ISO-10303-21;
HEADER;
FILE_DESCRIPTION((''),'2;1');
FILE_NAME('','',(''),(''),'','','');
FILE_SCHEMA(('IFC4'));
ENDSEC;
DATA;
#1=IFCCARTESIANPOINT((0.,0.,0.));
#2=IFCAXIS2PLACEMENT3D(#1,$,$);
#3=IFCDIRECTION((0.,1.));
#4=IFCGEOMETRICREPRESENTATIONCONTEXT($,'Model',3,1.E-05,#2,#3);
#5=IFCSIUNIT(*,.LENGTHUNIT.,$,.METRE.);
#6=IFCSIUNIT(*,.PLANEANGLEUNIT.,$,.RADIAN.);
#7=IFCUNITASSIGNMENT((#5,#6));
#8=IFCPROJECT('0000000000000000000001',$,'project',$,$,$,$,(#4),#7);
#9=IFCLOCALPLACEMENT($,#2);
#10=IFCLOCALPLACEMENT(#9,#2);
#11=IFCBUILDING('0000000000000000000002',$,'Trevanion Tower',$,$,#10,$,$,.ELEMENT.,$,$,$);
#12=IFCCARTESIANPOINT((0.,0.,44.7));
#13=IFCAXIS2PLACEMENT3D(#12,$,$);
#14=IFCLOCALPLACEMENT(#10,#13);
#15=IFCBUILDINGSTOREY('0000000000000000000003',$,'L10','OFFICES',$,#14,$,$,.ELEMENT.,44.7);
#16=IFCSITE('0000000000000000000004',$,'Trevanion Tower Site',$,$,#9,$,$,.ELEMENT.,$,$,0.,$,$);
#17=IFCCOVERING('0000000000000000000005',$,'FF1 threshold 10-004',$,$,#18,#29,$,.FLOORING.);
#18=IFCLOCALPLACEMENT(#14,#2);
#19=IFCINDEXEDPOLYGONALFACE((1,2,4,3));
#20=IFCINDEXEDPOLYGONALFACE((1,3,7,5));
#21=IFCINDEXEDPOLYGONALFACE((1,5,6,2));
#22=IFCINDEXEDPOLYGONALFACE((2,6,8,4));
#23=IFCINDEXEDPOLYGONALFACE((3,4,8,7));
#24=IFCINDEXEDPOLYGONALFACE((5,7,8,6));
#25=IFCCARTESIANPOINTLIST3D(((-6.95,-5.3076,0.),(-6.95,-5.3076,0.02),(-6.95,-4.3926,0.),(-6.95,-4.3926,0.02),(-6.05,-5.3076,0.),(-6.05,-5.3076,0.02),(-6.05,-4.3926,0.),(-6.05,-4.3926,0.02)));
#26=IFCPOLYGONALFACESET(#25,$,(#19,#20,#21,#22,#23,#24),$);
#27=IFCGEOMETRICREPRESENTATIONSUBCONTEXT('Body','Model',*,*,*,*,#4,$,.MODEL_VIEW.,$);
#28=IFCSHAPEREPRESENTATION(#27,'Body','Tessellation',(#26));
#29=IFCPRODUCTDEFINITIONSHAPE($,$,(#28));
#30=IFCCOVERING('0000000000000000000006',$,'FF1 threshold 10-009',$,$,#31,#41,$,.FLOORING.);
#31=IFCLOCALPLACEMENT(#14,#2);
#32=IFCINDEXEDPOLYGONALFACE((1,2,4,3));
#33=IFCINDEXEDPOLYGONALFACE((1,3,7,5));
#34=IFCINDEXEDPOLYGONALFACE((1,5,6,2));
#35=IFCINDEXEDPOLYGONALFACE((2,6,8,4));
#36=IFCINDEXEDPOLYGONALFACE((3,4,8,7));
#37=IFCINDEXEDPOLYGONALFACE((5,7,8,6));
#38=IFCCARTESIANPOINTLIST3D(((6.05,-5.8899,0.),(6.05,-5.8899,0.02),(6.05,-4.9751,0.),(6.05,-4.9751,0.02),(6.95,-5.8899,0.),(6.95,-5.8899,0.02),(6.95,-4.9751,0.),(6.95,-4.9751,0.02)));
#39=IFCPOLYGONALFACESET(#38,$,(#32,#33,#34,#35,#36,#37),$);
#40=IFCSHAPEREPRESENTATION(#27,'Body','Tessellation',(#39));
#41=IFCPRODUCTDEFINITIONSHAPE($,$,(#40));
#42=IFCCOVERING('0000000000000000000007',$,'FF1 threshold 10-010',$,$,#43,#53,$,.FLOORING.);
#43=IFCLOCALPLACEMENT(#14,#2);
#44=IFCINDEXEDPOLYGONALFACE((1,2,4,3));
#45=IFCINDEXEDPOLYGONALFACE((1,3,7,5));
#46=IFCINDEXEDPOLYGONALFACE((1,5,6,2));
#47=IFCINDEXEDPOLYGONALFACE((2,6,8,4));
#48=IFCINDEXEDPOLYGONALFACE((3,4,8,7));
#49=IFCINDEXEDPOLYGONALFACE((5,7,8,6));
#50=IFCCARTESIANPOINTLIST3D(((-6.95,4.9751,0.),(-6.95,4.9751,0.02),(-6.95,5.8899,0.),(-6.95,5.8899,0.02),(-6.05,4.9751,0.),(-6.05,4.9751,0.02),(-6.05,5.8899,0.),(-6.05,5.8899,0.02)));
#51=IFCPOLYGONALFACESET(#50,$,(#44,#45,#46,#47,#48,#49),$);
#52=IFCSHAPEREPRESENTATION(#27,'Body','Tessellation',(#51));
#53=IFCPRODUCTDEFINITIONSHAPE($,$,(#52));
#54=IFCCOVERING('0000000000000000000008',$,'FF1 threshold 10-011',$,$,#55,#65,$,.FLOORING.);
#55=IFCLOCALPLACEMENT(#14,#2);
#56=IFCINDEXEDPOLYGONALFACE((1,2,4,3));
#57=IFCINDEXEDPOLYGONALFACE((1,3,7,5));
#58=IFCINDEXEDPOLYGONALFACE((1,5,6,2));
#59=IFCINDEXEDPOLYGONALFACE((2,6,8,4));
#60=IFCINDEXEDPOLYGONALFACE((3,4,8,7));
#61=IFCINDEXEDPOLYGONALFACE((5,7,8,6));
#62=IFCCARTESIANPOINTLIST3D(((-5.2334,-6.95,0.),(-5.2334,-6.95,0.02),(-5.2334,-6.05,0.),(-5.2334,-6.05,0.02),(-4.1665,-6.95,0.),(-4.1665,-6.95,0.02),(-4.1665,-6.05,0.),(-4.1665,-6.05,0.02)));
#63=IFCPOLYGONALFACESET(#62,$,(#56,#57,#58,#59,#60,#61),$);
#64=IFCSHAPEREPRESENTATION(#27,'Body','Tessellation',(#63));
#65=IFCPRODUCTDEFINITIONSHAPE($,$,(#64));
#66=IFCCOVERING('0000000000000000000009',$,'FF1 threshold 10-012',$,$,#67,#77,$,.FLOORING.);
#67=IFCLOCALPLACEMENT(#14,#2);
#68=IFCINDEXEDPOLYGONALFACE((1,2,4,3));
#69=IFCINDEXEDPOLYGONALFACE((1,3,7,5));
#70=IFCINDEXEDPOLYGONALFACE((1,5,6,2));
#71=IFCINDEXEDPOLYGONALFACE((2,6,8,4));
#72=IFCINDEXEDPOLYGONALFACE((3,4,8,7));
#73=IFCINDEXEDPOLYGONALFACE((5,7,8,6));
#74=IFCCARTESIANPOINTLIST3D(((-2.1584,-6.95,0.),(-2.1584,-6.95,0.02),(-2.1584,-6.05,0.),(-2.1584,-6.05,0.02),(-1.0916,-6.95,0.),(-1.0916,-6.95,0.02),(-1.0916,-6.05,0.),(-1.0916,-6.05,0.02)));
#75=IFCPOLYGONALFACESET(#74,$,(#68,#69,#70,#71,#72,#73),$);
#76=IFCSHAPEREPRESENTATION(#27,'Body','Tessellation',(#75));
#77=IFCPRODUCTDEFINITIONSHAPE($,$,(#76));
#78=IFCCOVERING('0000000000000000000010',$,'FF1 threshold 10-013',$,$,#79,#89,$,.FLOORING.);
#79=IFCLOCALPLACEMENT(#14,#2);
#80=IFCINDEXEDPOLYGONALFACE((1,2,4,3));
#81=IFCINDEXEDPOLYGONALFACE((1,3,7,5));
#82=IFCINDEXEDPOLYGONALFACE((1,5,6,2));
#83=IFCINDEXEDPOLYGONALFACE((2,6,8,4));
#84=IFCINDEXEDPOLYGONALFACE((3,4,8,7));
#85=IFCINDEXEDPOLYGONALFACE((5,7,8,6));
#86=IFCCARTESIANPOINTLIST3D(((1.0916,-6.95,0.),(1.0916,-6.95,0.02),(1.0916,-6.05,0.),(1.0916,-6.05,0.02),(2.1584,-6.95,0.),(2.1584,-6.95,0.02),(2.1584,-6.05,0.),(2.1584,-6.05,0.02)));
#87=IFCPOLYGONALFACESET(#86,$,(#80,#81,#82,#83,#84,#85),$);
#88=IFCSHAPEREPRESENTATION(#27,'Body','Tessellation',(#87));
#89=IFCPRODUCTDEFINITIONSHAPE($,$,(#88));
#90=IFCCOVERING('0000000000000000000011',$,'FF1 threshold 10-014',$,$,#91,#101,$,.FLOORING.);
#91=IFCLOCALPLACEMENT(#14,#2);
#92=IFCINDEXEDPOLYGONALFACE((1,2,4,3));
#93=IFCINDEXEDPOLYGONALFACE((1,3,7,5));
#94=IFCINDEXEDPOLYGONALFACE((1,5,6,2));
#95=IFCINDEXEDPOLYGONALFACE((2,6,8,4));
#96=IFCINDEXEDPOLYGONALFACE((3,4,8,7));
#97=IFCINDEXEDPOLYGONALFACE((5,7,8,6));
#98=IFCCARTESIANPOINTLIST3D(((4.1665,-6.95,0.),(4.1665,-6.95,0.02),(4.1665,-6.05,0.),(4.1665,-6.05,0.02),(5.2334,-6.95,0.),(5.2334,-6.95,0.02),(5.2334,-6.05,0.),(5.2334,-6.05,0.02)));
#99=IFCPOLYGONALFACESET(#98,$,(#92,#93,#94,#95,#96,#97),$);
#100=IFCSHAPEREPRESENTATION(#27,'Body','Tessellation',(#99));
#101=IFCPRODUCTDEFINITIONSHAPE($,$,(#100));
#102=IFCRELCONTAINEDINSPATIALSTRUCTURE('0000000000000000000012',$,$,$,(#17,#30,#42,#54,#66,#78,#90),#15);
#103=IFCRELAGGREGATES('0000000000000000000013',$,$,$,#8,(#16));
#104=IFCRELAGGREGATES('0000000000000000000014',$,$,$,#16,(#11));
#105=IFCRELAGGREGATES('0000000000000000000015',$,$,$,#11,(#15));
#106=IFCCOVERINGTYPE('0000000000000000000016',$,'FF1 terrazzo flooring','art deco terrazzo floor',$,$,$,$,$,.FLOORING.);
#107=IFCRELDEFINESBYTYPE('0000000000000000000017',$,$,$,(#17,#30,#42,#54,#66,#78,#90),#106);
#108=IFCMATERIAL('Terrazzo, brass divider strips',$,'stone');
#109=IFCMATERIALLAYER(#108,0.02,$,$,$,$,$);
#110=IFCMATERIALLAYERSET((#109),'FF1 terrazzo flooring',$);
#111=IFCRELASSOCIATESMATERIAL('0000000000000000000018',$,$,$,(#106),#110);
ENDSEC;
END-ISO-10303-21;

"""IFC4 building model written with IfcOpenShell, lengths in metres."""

from ifc_helpers import new_model, si_unit, direction, frame, origin, place, context, subcontext, project, spatial, polyline, outline, extrude, material, layer, layer_set, type_object, element, save


model = new_model("IFC4")

# Units and contexts
model_context = context("Model", 3, precision=1e-05, world=origin(), true_north=direction((0.0, 1.0)))
body_context = subcontext(model_context, "Body", "Model", "MODEL_VIEW")
ifc_project = project(units=[si_unit("LENGTHUNIT", "METRE"), si_unit("PLANEANGLEUNIT", "RADIAN")], contexts=[model_context])

# Site, building, storey
site_placement = place(None, origin())
site = spatial("IfcSite", under=ifc_project, at=site_placement, Name="Trevanion Tower Site", CompositionType="ELEMENT", RefElevation=0.0)
building_placement = place(site_placement, origin())
building = spatial("IfcBuilding", under=site, at=building_placement, Name="Trevanion Tower", CompositionType="ELEMENT")
storey_placement = place(building_placement, frame((0.0, 0.0, 44.7)))
storey = spatial("IfcBuildingStorey", under=building, at=storey_placement, Name="L10", Description="OFFICES", CompositionType="ELEMENT", Elevation=44.7)

# Coverings
ifc_material_1 = material(Name="Terrazzo, brass divider strips", Category="stone")
ifc_layer_1 = layer(ifc_material_1, 0.02)
ifc_layer_set_1 = layer_set([ifc_layer_1], Name="FF1 terrazzo flooring")
covering_type = type_object("IfcCoveringType", Name="FF1 terrazzo flooring", Description="art deco terrazzo floor", PredefinedType="FLOORING", material=ifc_layer_set_1)
covering_1_placement = place(storey_placement, origin())
element("IfcCovering", 1, at=covering_1_placement, inside=storey, type_object=covering_type, Name="FF1 threshold 10-004", PredefinedType="FLOORING", context=body_context, shape_type="SweptSolid", body=[
    extrude(outline(polyline([(-6.95, -4.3926), (-6.95, -5.3076), (-6.05, -5.3076), (-6.05, -4.3926), (-6.95, -4.3926)])), origin(), (0.0, 0.0, 1.0), 0.02),
])
covering_2_placement = place(storey_placement, origin())
element("IfcCovering", 2, at=covering_2_placement, inside=storey, type_object=covering_type, Name="FF1 threshold 10-009", PredefinedType="FLOORING", context=body_context, shape_type="SweptSolid", body=[
    extrude(outline(polyline([(6.95, -5.8899), (6.95, -4.9751), (6.05, -4.9751), (6.05, -5.8899), (6.95, -5.8899)])), origin(), (0.0, 0.0, 1.0), 0.02),
])
covering_3_placement = place(storey_placement, origin())
element("IfcCovering", 3, at=covering_3_placement, inside=storey, type_object=covering_type, Name="FF1 threshold 10-010", PredefinedType="FLOORING", context=body_context, shape_type="SweptSolid", body=[
    extrude(outline(polyline([(-6.95, 5.8899), (-6.95, 4.9751), (-6.05, 4.9751), (-6.05, 5.8899), (-6.95, 5.8899)])), origin(), (0.0, 0.0, 1.0), 0.02),
])
covering_4_placement = place(storey_placement, origin())
element("IfcCovering", 4, at=covering_4_placement, inside=storey, type_object=covering_type, Name="FF1 threshold 10-011", PredefinedType="FLOORING", context=body_context, shape_type="SweptSolid", body=[
    extrude(outline(polyline([(-5.2334, -6.95), (-4.1665, -6.95), (-4.1665, -6.05), (-5.2334, -6.05), (-5.2334, -6.95)])), origin(), (0.0, 0.0, 1.0), 0.02),
])
covering_5_placement = place(storey_placement, origin())
element("IfcCovering", 5, at=covering_5_placement, inside=storey, type_object=covering_type, Name="FF1 threshold 10-012", PredefinedType="FLOORING", context=body_context, shape_type="SweptSolid", body=[
    extrude(outline(polyline([(-2.1584, -6.95), (-1.0916, -6.95), (-1.0916, -6.05), (-2.1584, -6.05), (-2.1584, -6.95)])), origin(), (0.0, 0.0, 1.0), 0.02),
])
covering_6_placement = place(storey_placement, origin())
element("IfcCovering", 6, at=covering_6_placement, inside=storey, type_object=covering_type, Name="FF1 threshold 10-013", PredefinedType="FLOORING", context=body_context, shape_type="SweptSolid", body=[
    extrude(outline(polyline([(1.0916, -6.95), (2.1584, -6.95), (2.1584, -6.05), (1.0916, -6.05), (1.0916, -6.95)])), origin(), (0.0, 0.0, 1.0), 0.02),
])
covering_7_placement = place(storey_placement, origin())
element("IfcCovering", 7, at=covering_7_placement, inside=storey, type_object=covering_type, Name="FF1 threshold 10-014", PredefinedType="FLOORING", context=body_context, shape_type="SweptSolid", body=[
    extrude(outline(polyline([(4.1665, -6.95), (5.2334, -6.95), (5.2334, -6.05), (4.1665, -6.05), (4.1665, -6.95)])), origin(), (0.0, 0.0, 1.0), 0.02),
])

save(model, "model.ifc")
